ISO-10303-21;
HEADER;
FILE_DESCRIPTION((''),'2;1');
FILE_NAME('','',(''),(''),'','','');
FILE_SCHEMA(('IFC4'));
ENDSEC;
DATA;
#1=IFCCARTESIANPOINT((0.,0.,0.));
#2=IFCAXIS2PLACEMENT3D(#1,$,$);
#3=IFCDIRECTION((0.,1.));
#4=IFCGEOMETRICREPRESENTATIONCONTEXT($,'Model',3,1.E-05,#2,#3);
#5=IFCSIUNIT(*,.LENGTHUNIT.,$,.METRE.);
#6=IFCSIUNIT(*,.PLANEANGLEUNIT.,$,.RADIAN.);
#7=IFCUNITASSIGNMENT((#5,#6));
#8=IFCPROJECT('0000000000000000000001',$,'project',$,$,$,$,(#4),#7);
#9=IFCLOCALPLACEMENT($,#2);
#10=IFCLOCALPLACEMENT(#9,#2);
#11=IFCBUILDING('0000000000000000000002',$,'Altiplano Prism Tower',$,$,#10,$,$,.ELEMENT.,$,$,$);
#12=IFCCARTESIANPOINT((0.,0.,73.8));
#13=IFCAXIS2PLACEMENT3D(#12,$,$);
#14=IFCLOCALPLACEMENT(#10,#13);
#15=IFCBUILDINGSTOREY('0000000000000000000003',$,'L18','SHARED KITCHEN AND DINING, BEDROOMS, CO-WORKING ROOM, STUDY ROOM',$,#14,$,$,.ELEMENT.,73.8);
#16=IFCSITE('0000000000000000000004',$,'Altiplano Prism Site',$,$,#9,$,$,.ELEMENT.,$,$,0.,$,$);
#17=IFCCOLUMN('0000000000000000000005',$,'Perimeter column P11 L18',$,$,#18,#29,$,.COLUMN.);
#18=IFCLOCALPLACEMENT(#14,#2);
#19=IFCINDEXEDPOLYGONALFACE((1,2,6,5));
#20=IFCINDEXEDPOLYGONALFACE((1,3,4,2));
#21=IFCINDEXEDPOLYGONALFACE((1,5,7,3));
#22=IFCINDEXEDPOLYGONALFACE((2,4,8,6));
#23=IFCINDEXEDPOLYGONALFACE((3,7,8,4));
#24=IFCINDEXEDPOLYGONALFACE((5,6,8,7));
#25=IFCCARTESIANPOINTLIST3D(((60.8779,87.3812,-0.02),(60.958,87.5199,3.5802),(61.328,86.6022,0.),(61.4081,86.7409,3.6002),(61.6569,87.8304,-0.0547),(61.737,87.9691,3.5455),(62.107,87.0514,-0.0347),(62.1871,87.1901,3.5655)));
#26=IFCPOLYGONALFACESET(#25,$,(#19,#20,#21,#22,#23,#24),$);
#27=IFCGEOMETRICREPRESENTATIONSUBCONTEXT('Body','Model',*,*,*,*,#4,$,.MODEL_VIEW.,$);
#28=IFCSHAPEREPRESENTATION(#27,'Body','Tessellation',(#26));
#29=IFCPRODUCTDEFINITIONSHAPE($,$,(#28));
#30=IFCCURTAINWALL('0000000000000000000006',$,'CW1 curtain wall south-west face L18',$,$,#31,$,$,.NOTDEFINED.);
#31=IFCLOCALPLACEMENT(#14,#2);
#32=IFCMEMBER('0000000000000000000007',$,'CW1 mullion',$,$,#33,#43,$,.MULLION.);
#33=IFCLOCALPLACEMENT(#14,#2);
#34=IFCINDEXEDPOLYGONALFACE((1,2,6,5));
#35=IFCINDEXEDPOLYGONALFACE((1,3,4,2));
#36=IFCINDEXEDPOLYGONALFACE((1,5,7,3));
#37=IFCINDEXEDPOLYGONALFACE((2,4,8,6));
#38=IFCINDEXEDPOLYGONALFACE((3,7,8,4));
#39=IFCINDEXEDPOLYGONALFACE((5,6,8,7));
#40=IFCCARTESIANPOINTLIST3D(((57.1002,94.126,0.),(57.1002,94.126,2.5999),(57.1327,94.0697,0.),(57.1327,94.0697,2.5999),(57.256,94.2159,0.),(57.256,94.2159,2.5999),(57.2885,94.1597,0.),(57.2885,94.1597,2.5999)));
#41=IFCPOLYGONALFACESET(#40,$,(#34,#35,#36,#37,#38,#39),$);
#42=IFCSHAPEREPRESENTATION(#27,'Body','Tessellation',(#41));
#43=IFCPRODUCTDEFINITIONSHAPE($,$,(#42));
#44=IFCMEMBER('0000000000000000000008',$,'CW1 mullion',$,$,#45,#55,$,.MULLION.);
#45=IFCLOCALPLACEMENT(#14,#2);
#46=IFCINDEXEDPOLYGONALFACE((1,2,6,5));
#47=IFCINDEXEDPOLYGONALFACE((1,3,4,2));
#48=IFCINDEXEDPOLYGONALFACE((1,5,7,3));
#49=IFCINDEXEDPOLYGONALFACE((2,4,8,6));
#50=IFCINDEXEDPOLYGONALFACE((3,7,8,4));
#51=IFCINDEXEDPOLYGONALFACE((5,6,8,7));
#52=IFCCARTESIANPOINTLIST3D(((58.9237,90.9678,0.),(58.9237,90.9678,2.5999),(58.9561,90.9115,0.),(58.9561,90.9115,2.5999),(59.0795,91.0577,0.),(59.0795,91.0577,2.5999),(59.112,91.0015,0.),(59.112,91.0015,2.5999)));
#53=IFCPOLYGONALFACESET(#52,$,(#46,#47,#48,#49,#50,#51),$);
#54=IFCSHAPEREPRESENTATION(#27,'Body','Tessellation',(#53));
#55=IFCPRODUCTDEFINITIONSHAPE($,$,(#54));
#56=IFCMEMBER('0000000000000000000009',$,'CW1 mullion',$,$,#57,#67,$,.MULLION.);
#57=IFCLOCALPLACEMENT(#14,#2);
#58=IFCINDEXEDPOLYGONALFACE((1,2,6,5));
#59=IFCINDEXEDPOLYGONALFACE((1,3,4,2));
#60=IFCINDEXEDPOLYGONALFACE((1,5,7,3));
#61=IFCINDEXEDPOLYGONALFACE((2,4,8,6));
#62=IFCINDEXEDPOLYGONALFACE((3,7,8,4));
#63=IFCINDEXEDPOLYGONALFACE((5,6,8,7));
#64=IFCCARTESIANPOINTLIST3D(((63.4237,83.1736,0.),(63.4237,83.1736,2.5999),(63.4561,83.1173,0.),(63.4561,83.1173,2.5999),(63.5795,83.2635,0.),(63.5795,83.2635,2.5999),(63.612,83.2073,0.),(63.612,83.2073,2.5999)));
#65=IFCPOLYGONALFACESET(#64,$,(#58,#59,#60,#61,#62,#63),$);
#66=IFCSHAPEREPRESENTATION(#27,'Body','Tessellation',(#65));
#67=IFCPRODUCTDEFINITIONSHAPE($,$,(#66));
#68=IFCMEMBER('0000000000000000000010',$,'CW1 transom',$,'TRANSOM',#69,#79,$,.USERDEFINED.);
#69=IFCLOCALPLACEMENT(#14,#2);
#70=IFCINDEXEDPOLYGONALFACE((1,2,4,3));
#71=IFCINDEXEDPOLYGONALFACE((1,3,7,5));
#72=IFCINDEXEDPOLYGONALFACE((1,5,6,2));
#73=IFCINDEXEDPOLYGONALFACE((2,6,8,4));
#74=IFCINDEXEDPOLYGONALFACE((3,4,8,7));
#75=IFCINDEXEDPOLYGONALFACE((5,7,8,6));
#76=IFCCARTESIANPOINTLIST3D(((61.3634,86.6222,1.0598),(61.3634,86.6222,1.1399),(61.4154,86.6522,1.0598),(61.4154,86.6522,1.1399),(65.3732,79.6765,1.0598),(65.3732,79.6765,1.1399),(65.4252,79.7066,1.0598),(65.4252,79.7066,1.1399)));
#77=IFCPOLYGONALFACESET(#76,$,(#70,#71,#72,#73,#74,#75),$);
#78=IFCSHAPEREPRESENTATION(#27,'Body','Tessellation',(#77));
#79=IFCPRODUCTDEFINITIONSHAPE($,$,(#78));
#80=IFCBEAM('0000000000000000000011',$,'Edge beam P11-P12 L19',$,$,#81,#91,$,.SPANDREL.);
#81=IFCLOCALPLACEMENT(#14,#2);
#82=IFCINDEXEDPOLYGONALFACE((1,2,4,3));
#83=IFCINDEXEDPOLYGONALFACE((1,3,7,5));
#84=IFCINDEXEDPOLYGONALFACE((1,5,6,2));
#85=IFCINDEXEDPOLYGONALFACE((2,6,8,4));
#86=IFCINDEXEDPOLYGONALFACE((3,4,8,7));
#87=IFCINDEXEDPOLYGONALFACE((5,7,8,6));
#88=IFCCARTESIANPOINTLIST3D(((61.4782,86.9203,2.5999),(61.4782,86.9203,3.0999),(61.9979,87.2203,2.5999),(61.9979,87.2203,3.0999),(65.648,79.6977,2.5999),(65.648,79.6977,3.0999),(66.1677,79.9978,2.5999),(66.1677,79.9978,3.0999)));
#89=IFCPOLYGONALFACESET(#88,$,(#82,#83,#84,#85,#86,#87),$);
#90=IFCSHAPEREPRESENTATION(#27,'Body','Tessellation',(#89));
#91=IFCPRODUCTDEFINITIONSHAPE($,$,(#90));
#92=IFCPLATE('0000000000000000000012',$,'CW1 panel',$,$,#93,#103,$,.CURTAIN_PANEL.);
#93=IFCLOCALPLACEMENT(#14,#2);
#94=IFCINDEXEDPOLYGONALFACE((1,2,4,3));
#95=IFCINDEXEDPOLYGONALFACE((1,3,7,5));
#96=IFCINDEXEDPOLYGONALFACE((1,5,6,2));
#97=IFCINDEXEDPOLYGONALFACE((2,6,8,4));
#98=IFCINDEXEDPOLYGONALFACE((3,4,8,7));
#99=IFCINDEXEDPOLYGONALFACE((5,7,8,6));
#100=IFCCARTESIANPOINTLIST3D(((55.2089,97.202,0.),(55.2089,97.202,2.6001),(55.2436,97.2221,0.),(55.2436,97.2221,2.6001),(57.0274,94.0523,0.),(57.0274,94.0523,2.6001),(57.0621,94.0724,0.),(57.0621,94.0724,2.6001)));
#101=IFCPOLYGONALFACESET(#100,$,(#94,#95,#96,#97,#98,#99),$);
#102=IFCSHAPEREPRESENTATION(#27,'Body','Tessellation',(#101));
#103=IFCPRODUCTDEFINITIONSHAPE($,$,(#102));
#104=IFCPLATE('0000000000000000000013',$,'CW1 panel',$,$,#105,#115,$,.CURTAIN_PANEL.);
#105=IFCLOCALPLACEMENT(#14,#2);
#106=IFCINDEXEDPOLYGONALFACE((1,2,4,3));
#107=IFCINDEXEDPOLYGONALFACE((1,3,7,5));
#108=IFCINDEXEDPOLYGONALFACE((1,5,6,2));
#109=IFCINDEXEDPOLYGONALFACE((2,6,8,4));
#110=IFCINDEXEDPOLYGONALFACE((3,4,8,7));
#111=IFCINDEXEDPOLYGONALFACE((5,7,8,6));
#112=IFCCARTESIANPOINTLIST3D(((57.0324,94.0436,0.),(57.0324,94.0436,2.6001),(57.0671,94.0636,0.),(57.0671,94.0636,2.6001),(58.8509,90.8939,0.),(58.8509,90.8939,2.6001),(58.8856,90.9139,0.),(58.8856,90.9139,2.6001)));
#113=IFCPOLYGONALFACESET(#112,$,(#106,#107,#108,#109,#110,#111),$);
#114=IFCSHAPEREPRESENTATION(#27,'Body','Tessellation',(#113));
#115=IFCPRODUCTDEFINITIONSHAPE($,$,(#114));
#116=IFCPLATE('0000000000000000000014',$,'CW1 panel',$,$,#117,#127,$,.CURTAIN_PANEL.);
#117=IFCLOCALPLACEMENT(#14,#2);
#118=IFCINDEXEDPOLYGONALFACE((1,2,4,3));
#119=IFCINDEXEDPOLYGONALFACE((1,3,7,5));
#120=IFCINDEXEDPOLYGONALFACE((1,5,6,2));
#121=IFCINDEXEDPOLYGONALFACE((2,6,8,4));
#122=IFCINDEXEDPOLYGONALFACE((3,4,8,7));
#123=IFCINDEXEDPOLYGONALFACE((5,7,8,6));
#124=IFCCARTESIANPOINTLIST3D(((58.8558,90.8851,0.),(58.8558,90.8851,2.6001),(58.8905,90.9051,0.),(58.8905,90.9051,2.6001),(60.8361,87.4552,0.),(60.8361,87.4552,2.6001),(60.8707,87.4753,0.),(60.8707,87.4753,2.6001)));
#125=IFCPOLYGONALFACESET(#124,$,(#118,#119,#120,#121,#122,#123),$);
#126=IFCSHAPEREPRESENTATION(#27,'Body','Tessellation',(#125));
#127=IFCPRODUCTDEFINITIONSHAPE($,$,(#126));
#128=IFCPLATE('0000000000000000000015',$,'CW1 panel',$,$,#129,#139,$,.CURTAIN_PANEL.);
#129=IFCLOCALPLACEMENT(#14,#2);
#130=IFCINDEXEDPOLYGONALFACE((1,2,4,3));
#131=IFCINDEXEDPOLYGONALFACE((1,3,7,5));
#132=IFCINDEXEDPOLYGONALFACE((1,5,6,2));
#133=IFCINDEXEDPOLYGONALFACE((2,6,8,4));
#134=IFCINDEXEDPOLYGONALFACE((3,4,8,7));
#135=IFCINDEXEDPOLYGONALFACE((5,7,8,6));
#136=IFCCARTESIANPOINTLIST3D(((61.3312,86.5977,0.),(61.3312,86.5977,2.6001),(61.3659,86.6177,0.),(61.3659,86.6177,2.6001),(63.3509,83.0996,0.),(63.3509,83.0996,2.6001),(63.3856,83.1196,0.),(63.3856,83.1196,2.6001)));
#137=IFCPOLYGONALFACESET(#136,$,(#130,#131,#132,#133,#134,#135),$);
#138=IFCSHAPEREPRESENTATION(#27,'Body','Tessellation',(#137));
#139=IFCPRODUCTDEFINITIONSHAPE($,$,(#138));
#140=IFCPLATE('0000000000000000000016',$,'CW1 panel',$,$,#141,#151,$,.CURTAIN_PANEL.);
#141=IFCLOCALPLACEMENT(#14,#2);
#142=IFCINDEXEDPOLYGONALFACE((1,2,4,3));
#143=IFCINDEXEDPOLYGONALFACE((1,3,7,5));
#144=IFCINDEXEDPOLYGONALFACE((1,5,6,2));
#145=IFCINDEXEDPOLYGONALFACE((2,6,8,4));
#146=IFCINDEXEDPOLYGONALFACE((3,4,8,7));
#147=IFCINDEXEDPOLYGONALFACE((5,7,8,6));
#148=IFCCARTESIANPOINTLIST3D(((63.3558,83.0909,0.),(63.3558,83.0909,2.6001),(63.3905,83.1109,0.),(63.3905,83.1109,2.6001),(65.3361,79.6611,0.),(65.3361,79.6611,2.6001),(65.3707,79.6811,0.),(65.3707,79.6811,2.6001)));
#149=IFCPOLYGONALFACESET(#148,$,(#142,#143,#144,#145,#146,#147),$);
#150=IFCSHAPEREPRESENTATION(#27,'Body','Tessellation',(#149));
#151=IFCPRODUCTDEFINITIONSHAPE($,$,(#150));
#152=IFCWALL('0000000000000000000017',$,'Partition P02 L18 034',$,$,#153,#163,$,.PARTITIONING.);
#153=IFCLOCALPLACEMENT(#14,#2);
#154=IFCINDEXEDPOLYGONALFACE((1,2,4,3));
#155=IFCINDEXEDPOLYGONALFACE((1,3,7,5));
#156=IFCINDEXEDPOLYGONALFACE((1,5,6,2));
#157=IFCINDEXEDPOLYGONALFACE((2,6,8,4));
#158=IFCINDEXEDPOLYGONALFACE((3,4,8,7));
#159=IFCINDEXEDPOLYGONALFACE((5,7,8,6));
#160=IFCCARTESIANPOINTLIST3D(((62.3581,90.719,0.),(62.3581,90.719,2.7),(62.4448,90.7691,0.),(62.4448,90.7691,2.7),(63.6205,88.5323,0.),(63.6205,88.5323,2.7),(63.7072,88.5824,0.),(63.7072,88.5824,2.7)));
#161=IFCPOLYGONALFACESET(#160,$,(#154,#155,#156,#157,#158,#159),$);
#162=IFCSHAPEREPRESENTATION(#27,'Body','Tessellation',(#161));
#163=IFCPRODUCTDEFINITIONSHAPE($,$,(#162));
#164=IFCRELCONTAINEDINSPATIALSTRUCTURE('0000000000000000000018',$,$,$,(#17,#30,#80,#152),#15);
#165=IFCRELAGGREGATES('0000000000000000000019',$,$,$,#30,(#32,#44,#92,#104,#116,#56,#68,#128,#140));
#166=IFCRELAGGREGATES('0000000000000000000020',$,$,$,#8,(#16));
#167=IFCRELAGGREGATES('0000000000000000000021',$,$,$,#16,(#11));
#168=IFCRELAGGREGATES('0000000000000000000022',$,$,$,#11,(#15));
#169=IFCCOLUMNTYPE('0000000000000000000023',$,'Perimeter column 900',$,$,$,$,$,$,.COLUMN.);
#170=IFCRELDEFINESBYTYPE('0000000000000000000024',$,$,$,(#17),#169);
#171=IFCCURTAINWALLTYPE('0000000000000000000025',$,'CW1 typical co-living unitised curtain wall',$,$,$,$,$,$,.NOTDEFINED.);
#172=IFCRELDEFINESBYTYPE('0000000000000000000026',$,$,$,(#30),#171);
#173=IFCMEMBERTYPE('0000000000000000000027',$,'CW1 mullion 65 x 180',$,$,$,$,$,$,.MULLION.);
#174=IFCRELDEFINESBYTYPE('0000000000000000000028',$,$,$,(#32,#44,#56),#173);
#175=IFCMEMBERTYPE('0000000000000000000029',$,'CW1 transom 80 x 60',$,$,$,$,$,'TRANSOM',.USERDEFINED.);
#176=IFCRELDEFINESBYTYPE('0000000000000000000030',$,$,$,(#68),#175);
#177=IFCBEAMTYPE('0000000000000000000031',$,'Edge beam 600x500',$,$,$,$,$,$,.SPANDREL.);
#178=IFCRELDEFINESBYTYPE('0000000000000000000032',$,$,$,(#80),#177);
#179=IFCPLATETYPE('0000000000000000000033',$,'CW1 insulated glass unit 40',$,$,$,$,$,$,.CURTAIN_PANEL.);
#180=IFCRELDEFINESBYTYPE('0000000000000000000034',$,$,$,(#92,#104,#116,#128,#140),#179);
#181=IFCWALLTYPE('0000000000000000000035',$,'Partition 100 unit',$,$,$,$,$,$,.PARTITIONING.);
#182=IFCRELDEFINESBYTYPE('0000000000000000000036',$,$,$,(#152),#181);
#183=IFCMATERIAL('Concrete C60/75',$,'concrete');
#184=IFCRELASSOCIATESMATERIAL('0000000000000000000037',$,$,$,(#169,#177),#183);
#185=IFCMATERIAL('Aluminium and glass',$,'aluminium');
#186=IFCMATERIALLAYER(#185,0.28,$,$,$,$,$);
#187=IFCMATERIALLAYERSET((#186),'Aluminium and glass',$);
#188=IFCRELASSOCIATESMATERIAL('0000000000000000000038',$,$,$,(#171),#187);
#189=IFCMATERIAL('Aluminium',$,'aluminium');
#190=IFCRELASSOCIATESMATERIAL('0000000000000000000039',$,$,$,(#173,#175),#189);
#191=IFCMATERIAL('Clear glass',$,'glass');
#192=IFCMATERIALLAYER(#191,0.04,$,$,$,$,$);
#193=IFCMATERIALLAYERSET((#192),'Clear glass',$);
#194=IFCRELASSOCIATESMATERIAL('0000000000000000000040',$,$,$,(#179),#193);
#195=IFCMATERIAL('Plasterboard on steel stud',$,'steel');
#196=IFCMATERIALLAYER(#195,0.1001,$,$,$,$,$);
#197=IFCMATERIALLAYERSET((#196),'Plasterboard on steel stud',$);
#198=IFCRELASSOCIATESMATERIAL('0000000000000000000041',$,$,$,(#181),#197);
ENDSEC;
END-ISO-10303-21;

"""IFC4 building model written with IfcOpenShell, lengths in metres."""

from ifc_helpers import new_model, si_unit, direction, frame, frame_2d, origin, origin_2d, place, context, subcontext, project, spatial, rectangle, extrude, material, layer, layer_set, material_profile, profile_set, type_object, element, aggregate, save


model = new_model("IFC4")

# Units and contexts
model_context = context("Model", 3, precision=1e-05, world=origin(), true_north=direction((0.0, 1.0)))
body_context = subcontext(model_context, "Body", "Model", "MODEL_VIEW")
ifc_project = project(units=[si_unit("LENGTHUNIT", "METRE"), si_unit("PLANEANGLEUNIT", "RADIAN")], contexts=[model_context])

# Site, building, storey
site_placement = place(None, origin())
site = spatial("IfcSite", under=ifc_project, at=site_placement, Name="Altiplano Prism Site", CompositionType="ELEMENT", RefElevation=0.0)
building_placement = place(site_placement, origin())
building = spatial("IfcBuilding", under=site, at=building_placement, Name="Altiplano Prism Tower", CompositionType="ELEMENT")
storey_placement = place(building_placement, frame((0.0, 0.0, 73.8)))
storey = spatial("IfcBuildingStorey", under=building, at=storey_placement, Name="L18", Description="SHARED KITCHEN AND DINING, BEDROOMS, CO-WORKING ROOM, STUDY ROOM", CompositionType="ELEMENT", Elevation=73.8)

# Column
ifc_material_1 = material(Name="Concrete C60/75", Category="concrete")
ifc_material_profile_1 = material_profile(ifc_material_1, rectangle(XDim=0.8999, YDim=0.8999, at=origin_2d()), Name="Perimeter column 900")
ifc_profile_set_1 = profile_set([ifc_material_profile_1], Name="Concrete C60/75")
column_type = type_object("IfcColumnType", Name="Perimeter column 900", PredefinedType="COLUMN", material=ifc_profile_set_1)
column_placement = place(storey_placement, frame((61.4924, 87.2163, -0.0273), z_axis=(0.022221, 0.038481, 0.999012), x_axis=(-0.865642, -0.499182, 0.038483)))
element("IfcColumn", 1, at=column_placement, inside=storey, type_object=column_type, Name="Perimeter column P11 L18", PredefinedType="COLUMN", context=body_context, shape_type="SweptSolid", body=[
    extrude(rectangle(XDim=0.8999, YDim=0.8999, at=origin_2d()), origin(), (0.0, 0.0, 1.0), 3.6038),
])

# Curtain wall, members
ifc_material_2 = material(Name="Aluminium and glass", Category="aluminium")
ifc_layer_1 = layer(ifc_material_2, 0.28)
ifc_layer_set_1 = layer_set([ifc_layer_1], Name="Aluminium and glass")
curtain_wall_type = type_object("IfcCurtainWallType", Name="CW1 typical co-living unitised curtain wall", PredefinedType="NOTDEFINED", material=ifc_layer_set_1)
curtain_wall_placement = place(storey_placement, origin())
curtain_wall = element("IfcCurtainWall", 2, at=curtain_wall_placement, inside=storey, type_object=curtain_wall_type, Name="CW1 curtain wall south-west face L18", PredefinedType="NOTDEFINED")
ifc_material_3 = material(Name="Aluminium", Category="aluminium")
ifc_material_profile_2 = material_profile(ifc_material_3, rectangle(XDim=0.1799, YDim=0.0649, at=origin_2d()), Name="CW1 mullion 65 x 180")
ifc_profile_set_2 = profile_set([ifc_material_profile_2], Name="Aluminium")
member_type_1 = type_object("IfcMemberType", Name="CW1 mullion 65 x 180", PredefinedType="MULLION", material=ifc_profile_set_2)
member_1_placement = place(storey_placement, frame((57.1943, 94.1428, 0.0), z_axis=(0.0, 0.0, 1.0), x_axis=(0.866025, 0.5, 0.0)))
member_1 = element("IfcMember", 3, at=member_1_placement, type_object=member_type_1, Name="CW1 mullion", PredefinedType="MULLION", context=body_context, shape_type="SweptSolid", body=[
    extrude(rectangle(XDim=0.1799, YDim=0.0649, at=origin_2d()), origin(), (0.0, 0.0, 1.0), 2.5999),
])
member_2_placement = place(storey_placement, frame((59.0178, 90.9846, 0.0), z_axis=(0.0, 0.0, 1.0), x_axis=(0.866025, 0.5, 0.0)))
member_2 = element("IfcMember", 4, at=member_2_placement, type_object=member_type_1, Name="CW1 mullion", PredefinedType="MULLION", context=body_context, shape_type="SweptSolid", body=[
    extrude(rectangle(XDim=0.1799, YDim=0.0649, at=origin_2d()), origin(), (0.0, 0.0, 1.0), 2.5999),
])
member_3_placement = place(storey_placement, frame((63.5178, 83.1904, 0.0), z_axis=(0.0, 0.0, 1.0), x_axis=(0.866025, 0.5, 0.0)))
member_3 = element("IfcMember", 5, at=member_3_placement, type_object=member_type_1, Name="CW1 mullion", PredefinedType="MULLION", context=body_context, shape_type="SweptSolid", body=[
    extrude(rectangle(XDim=0.1799, YDim=0.0649, at=origin_2d()), origin(), (0.0, 0.0, 1.0), 2.5999),
])
ifc_material_profile_3 = material_profile(ifc_material_3, rectangle(XDim=0.0601, YDim=0.0801, at=origin_2d()), Name="CW1 transom 80 x 60")
ifc_profile_set_3 = profile_set([ifc_material_profile_3], Name="Aluminium")
member_type_2 = type_object("IfcMemberType", Name="CW1 transom 80 x 60", ElementType="TRANSOM", PredefinedType="USERDEFINED", material=ifc_profile_set_3)
member_4_placement = place(storey_placement, frame((61.3894, 86.6372, 1.0999), z_axis=(0.499976, -0.866039, 0.0), x_axis=(0.866039, 0.499976, 0.0)))
member_4 = element("IfcMember", 6, at=member_4_placement, type_object=member_type_2, Name="CW1 transom", ObjectType="TRANSOM", PredefinedType="USERDEFINED", context=body_context, shape_type="SweptSolid", body=[
    extrude(rectangle(XDim=0.0601, YDim=0.0801, at=origin_2d()), origin(), (0.0, 0.0, 1.0), 8.02),
])

# Beam
ifc_material_profile_4 = material_profile(ifc_material_1, rectangle(XDim=0.6001, YDim=0.5, at=origin_2d()), Name="Edge beam 600x500")
ifc_profile_set_4 = profile_set([ifc_material_profile_4], Name="Concrete C60/75")
beam_type = type_object("IfcBeamType", Name="Edge beam 600x500", PredefinedType="SPANDREL", material=ifc_profile_set_4)
beam_placement = place(storey_placement, frame((61.738, 87.0703, 2.8499), z_axis=(0.499993, -0.86603, 0.0), x_axis=(0.86603, 0.499993, 0.0)))
element("IfcBeam", 7, at=beam_placement, inside=storey, type_object=beam_type, Name="Edge beam P11-P12 L19", PredefinedType="SPANDREL", context=body_context, shape_type="SweptSolid", body=[
    extrude(rectangle(XDim=0.6001, YDim=0.5, at=origin_2d()), origin(), (0.0, 0.0, 1.0), 8.3398),
])

# Plates
ifc_material_4 = material(Name="Clear glass", Category="glass")
ifc_layer_2 = layer(ifc_material_4, 0.04)
ifc_layer_set_2 = layer_set([ifc_layer_2], Name="Clear glass")
plate_type = type_object("IfcPlateType", Name="CW1 insulated glass unit 40", PredefinedType="CURTAIN_PANEL", material=ifc_layer_set_2)
plate_1_placement = place(storey_placement, frame((56.1355, 95.6372, 0.0), z_axis=(0.0, 0.0, 1.0), x_axis=(0.5, -0.866025, 0.0)))
plate_1 = element("IfcPlate", 8, at=plate_1_placement, type_object=plate_type, Name="CW1 panel", PredefinedType="CURTAIN_PANEL", context=body_context, shape_type="SweptSolid", body=[
    extrude(rectangle(XDim=3.637, YDim=0.04, at=origin_2d()), origin(), (0.0, 0.0, 1.0), 2.6001),
])
plate_2_placement = place(storey_placement, frame((57.959, 92.4788, 0.0), z_axis=(0.0, 0.0, 1.0), x_axis=(0.5, -0.866025, 0.0)))
plate_2 = element("IfcPlate", 9, at=plate_2_placement, type_object=plate_type, Name="CW1 panel", PredefinedType="CURTAIN_PANEL", context=body_context, shape_type="SweptSolid", body=[
    extrude(rectangle(XDim=3.637, YDim=0.04, at=origin_2d()), origin(), (0.0, 0.0, 1.0), 2.6001),
])
plate_3_placement = place(storey_placement, frame((59.8633, 89.1802, 0.0), z_axis=(0.0, 0.0, 1.0), x_axis=(0.5, -0.866025, 0.0)))
plate_3 = element("IfcPlate", 10, at=plate_3_placement, type_object=plate_type, Name="CW1 panel", PredefinedType="CURTAIN_PANEL", context=body_context, shape_type="SweptSolid", body=[
    extrude(rectangle(XDim=3.9604, YDim=0.04, at=origin_2d()), origin(), (0.0, 0.0, 1.0), 2.6001),
])
plate_4_placement = place(storey_placement, frame((62.3584, 84.8586, 0.0), z_axis=(0.0, 0.0, 1.0), x_axis=(0.5, -0.866025, 0.0)))
plate_4 = element("IfcPlate", 11, at=plate_4_placement, type_object=plate_type, Name="CW1 panel", PredefinedType="CURTAIN_PANEL", context=body_context, shape_type="SweptSolid", body=[
    extrude(rectangle(XDim=4.0393, YDim=0.04, at=origin_2d()), origin(), (0.0, 0.0, 1.0), 2.6001),
])
plate_5_placement = place(storey_placement, frame((64.3633, 81.386, 0.0), z_axis=(0.0, 0.0, 1.0), x_axis=(0.5, -0.866025, 0.0)))
plate_5 = element("IfcPlate", 12, at=plate_5_placement, type_object=plate_type, Name="CW1 panel", PredefinedType="CURTAIN_PANEL", context=body_context, shape_type="SweptSolid", body=[
    extrude(rectangle(XDim=3.9604, YDim=0.04, at=origin_2d()), origin(), (0.0, 0.0, 1.0), 2.6001),
])
aggregate(curtain_wall, [member_1, member_2, plate_1, plate_2, plate_3, member_3, member_4, plate_4, plate_5])

# Wall
ifc_material_5 = material(Name="Plasterboard on steel stud", Category="steel")
ifc_layer_3 = layer(ifc_material_5, 0.1001)
ifc_layer_set_3 = layer_set([ifc_layer_3], Name="Plasterboard on steel stud")
wall_type_1 = type_object("IfcWallType", Name="Partition 100 unit", PredefinedType="PARTITIONING", material=ifc_layer_set_3)
wall_1_placement = place(storey_placement, frame((63.6638, 88.5574, 0.0), z_axis=(0.0, 0.0, 1.0), x_axis=(-0.499976, 0.866039, 0.0)))
element("IfcWall", 13, at=wall_1_placement, inside=storey, type_object=wall_type_1, Name="Partition P02 L18 034", PredefinedType="PARTITIONING", context=body_context, shape_type="SweptSolid", body=[
    extrude(rectangle(XDim=2.5249, YDim=0.1001, at=frame_2d((1.2625, 0.0))), origin(), (0.0, 0.0, 1.0), 2.7),
])

save(model, "model.ifc")
